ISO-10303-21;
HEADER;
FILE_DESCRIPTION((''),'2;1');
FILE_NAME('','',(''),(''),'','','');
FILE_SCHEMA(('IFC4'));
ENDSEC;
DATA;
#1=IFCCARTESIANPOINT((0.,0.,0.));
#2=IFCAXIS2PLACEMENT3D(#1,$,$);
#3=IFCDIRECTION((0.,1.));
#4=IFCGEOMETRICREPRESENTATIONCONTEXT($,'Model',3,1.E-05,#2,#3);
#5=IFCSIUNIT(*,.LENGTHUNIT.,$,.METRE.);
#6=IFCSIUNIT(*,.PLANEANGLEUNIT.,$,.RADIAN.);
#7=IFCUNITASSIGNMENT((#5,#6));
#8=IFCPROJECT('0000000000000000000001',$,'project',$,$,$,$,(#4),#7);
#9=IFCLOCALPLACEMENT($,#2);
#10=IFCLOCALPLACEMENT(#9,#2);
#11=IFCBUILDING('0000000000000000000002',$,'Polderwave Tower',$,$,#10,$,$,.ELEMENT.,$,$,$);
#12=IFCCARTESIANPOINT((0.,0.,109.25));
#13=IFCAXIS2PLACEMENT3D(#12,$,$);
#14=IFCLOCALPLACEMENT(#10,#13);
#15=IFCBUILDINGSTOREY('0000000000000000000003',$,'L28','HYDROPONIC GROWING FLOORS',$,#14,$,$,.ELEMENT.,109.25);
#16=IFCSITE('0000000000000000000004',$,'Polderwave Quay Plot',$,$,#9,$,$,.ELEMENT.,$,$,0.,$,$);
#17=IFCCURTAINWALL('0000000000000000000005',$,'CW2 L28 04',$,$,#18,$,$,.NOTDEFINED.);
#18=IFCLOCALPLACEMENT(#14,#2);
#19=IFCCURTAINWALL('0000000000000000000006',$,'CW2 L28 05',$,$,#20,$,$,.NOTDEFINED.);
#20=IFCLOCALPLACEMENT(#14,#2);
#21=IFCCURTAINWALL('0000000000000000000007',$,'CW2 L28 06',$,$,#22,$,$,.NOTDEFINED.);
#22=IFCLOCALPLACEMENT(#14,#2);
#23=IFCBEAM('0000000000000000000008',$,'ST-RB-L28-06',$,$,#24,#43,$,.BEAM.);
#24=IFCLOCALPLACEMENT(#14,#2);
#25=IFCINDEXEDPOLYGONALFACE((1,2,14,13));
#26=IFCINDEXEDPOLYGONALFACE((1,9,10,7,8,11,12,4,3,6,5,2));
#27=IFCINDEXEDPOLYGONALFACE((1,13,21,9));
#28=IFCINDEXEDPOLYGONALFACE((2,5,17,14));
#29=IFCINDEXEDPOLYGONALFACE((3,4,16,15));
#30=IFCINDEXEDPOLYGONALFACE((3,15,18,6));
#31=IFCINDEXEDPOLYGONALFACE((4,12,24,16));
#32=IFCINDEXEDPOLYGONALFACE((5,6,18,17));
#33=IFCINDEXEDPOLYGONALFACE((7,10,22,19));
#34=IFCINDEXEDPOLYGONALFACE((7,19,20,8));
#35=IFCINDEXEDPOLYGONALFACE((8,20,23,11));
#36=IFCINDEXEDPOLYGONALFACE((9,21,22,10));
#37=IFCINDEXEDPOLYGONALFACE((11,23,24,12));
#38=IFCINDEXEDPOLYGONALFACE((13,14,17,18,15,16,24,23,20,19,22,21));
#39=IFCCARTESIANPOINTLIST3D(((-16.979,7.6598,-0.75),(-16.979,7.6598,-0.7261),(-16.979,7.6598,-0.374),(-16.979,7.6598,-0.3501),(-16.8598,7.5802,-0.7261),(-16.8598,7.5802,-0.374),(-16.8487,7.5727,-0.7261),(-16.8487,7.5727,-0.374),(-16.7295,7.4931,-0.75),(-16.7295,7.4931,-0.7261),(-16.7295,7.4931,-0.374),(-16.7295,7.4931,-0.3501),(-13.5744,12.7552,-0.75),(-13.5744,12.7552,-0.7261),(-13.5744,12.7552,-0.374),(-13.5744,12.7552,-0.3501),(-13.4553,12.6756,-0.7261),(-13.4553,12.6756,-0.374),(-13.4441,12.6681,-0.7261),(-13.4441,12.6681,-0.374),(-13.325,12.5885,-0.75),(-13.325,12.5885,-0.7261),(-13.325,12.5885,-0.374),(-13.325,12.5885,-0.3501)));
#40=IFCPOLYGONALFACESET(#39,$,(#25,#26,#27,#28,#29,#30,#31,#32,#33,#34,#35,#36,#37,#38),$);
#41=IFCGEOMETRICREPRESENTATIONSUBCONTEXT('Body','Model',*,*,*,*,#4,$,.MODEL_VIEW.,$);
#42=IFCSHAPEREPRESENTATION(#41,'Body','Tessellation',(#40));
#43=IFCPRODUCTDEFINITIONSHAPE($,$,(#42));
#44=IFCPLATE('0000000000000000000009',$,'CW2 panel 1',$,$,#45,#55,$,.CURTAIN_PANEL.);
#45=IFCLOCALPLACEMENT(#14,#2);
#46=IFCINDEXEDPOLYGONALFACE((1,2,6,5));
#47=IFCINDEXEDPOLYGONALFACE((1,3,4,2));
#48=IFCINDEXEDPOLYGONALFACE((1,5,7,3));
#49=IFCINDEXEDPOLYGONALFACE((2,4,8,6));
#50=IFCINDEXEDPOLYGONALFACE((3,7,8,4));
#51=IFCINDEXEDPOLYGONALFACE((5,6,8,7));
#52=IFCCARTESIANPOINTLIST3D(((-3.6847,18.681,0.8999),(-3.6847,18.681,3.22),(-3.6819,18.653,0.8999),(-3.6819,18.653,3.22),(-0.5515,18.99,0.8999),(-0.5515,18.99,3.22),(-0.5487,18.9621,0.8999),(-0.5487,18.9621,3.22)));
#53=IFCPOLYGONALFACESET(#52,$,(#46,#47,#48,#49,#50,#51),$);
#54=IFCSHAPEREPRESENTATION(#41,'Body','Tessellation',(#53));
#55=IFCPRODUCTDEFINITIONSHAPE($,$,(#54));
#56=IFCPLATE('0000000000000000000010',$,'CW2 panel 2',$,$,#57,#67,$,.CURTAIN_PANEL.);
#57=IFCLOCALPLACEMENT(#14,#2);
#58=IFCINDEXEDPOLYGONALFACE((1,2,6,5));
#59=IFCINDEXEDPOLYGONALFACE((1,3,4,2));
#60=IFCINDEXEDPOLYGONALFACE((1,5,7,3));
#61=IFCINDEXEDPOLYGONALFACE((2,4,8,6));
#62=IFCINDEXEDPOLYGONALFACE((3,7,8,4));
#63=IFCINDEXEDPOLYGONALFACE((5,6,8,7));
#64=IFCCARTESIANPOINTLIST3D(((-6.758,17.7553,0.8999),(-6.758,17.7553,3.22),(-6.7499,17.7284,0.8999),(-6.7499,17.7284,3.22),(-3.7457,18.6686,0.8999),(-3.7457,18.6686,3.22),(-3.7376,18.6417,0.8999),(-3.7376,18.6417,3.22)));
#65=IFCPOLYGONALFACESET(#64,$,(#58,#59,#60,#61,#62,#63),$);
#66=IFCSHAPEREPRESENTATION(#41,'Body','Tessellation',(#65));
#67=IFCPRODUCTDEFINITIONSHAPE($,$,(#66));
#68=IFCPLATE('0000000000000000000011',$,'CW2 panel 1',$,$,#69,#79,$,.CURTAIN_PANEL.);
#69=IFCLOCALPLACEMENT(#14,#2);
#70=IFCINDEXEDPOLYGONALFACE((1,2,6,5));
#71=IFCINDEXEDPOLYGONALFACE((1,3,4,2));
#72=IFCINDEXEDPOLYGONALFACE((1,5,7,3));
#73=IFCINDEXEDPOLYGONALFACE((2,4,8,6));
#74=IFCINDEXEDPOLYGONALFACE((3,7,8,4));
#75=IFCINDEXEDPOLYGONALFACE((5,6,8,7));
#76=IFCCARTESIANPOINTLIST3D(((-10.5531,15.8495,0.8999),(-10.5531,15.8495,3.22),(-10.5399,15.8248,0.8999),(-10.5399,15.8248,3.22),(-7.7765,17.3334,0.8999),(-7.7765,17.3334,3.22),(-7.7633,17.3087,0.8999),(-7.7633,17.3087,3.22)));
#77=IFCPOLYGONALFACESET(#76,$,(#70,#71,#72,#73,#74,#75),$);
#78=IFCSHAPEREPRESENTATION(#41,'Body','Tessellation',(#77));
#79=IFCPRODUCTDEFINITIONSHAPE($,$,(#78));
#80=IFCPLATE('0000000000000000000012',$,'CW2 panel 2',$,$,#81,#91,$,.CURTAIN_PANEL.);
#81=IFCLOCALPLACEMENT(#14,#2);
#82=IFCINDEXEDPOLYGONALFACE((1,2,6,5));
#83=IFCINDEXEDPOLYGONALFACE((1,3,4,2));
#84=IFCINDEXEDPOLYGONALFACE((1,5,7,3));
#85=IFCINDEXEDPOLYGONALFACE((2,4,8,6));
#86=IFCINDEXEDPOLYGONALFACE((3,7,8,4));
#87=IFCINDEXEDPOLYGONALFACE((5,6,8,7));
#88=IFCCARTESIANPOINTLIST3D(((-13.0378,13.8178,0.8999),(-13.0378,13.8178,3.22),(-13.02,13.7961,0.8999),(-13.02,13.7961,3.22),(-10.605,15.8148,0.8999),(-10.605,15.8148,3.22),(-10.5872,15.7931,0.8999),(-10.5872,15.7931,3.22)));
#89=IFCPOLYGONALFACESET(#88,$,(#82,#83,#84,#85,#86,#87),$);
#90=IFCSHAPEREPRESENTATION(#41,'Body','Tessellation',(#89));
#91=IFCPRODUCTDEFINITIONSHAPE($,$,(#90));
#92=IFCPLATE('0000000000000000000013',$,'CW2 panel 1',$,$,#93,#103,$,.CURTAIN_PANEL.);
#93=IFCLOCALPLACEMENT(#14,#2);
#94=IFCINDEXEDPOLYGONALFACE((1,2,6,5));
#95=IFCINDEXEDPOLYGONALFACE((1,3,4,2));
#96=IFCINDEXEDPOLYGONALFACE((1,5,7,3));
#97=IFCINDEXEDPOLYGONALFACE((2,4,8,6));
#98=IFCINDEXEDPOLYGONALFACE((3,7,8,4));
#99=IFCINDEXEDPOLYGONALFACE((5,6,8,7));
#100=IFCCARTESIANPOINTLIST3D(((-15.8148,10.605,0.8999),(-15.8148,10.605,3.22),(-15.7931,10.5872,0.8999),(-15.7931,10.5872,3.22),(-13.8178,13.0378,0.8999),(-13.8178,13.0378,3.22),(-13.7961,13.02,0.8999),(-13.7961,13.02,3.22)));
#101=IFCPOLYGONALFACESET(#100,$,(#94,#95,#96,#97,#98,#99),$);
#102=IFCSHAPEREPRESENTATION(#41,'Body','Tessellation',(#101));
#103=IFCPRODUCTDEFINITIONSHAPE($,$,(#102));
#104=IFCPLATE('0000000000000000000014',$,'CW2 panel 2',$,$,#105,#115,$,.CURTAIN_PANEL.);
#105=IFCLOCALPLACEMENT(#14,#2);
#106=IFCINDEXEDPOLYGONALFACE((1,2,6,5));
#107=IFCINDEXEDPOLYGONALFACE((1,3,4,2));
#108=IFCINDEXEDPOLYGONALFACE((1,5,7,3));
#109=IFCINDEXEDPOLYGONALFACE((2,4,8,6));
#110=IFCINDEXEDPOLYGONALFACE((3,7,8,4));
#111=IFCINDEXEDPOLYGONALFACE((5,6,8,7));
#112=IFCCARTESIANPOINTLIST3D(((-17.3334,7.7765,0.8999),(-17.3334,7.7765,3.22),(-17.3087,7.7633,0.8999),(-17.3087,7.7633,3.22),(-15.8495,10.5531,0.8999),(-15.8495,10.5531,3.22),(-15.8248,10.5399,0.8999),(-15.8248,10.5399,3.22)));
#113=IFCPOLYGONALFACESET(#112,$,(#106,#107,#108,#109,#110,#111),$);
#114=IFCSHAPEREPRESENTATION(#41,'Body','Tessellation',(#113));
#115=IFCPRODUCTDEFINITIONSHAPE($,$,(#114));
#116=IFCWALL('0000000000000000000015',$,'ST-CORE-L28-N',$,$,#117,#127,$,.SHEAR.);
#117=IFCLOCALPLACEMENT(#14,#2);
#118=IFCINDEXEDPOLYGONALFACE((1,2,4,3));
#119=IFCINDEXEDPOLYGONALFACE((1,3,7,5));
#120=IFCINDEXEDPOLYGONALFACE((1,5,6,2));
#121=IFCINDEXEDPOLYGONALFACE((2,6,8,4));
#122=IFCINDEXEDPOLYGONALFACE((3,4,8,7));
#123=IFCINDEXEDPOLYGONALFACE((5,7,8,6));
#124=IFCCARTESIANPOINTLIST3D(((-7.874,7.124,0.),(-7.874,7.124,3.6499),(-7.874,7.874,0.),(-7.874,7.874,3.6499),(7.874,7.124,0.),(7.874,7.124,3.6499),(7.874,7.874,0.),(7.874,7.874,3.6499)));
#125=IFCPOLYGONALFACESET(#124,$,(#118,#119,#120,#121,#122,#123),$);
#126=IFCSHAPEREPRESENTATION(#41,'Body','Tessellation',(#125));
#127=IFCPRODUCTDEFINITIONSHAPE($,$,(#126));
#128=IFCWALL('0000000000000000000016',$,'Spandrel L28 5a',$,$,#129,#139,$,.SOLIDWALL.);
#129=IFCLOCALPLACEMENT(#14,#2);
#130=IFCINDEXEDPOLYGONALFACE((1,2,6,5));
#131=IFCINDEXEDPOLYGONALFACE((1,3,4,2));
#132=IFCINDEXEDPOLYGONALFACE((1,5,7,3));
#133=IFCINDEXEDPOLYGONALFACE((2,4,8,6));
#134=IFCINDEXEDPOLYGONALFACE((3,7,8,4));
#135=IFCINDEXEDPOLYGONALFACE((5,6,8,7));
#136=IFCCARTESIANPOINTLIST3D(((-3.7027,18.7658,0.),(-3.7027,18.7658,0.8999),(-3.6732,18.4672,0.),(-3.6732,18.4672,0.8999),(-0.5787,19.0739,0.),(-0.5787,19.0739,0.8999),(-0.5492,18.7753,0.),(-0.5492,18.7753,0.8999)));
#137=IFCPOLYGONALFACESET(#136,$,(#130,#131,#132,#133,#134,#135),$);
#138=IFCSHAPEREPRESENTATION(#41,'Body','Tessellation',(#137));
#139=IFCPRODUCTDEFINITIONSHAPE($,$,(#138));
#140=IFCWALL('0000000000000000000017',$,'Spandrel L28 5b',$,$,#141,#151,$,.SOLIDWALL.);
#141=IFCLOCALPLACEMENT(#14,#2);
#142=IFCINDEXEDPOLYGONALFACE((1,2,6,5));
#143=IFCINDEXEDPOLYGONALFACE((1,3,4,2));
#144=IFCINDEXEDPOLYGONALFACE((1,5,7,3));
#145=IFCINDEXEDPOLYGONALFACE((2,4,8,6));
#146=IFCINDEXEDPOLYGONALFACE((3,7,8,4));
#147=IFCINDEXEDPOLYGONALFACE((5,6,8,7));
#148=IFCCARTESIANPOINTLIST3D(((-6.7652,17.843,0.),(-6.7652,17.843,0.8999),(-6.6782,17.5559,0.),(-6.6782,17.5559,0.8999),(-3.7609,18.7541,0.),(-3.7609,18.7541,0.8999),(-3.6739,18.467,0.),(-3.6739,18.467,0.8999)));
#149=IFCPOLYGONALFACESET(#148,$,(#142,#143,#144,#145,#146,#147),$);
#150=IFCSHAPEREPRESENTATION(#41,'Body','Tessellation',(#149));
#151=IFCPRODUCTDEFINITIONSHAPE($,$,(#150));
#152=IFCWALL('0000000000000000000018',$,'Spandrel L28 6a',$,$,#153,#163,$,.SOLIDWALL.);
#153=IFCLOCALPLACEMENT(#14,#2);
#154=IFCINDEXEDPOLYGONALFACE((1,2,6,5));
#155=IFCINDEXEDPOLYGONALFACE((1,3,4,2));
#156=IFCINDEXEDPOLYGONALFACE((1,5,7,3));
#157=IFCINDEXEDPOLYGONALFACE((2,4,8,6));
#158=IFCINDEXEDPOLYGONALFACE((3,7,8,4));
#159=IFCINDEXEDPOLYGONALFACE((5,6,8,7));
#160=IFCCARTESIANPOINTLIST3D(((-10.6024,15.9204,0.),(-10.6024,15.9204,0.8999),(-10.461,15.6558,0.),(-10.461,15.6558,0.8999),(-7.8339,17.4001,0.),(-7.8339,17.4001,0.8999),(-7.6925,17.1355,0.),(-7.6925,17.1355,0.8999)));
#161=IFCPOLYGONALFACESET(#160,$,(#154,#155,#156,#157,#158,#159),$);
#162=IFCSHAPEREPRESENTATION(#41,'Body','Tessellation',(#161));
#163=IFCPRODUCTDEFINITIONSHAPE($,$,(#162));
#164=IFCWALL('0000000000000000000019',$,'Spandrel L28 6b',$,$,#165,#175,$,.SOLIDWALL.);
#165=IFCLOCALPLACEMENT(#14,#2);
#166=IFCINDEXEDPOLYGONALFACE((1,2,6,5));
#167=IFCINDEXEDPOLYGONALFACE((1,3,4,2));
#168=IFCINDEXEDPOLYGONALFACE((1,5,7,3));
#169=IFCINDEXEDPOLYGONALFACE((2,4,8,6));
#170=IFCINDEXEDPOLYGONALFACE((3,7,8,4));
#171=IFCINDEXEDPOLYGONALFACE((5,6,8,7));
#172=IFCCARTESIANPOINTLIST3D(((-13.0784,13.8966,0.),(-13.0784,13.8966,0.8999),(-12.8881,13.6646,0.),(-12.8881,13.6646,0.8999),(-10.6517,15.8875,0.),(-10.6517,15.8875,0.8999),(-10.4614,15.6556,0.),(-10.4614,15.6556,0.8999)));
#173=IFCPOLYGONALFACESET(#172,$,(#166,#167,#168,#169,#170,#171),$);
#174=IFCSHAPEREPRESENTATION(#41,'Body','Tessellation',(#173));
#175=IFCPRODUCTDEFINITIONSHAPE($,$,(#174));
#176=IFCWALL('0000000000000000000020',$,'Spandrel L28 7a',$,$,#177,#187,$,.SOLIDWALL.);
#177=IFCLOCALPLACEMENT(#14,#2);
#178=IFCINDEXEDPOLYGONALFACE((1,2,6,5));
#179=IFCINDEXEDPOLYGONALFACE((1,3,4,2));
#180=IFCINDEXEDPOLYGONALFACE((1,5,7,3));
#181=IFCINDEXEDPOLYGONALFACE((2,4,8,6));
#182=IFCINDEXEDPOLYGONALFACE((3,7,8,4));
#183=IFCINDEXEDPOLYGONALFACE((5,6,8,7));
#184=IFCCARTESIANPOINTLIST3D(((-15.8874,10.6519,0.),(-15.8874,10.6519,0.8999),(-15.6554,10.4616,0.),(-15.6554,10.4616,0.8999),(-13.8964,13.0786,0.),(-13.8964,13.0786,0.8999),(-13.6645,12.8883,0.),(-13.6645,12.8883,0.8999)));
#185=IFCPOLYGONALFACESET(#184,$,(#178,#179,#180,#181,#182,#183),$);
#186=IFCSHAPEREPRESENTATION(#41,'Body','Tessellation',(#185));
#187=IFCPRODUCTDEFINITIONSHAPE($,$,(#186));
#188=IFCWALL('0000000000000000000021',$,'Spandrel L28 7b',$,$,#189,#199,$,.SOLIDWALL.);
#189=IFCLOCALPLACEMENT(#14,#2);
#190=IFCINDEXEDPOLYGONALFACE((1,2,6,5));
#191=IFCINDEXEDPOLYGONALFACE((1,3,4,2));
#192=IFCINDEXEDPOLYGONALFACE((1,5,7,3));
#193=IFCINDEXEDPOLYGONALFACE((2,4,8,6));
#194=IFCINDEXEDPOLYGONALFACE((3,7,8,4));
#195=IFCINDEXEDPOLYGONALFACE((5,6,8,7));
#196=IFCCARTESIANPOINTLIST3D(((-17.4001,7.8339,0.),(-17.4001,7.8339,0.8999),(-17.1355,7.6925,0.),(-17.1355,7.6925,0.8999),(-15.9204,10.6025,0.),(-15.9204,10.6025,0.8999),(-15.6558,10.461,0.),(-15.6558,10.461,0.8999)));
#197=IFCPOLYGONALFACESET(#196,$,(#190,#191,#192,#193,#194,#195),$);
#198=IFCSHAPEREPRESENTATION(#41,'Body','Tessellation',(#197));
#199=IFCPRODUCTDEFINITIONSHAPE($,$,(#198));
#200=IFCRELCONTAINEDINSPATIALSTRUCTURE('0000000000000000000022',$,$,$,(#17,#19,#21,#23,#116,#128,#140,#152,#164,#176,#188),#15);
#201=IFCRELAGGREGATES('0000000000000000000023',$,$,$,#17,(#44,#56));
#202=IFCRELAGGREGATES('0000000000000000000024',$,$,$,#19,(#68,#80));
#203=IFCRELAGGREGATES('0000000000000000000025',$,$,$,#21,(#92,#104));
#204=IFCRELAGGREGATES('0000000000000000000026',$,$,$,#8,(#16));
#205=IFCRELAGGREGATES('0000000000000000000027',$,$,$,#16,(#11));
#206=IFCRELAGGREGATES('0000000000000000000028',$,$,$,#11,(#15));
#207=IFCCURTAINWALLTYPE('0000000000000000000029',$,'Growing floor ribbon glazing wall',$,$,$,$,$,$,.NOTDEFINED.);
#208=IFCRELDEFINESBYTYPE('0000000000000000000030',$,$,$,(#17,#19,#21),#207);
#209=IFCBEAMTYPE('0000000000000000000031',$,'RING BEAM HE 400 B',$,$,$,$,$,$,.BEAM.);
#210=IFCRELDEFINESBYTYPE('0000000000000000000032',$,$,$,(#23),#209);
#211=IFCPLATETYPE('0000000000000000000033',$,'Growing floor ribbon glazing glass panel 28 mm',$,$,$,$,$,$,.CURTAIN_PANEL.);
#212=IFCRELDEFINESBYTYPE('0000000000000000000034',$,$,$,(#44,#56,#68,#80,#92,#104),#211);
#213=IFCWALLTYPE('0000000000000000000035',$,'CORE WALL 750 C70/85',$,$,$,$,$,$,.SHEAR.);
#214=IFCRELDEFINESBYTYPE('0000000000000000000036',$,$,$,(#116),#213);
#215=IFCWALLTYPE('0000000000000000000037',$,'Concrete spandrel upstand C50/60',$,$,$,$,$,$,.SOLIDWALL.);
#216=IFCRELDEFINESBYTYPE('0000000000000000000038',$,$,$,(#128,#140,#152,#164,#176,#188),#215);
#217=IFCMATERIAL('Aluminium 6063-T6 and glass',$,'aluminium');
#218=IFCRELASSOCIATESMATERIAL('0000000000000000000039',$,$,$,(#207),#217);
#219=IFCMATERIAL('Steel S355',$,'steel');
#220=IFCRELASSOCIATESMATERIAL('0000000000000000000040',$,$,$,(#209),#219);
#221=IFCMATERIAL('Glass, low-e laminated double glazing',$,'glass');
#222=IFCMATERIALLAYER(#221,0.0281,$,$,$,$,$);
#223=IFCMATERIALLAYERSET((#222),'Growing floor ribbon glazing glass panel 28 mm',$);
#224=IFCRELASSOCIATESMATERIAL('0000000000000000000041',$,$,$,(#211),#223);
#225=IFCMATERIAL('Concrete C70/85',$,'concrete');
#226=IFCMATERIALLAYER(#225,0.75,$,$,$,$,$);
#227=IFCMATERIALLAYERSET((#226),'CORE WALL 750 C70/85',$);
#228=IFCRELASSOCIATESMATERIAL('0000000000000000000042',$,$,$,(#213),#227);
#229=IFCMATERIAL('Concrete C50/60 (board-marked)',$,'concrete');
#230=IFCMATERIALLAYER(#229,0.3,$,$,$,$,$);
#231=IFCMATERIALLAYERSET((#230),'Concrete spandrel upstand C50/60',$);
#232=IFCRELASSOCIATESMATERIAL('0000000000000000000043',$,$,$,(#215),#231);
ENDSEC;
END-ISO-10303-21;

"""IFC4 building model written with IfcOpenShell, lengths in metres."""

from ifc_helpers import new_model, si_unit, direction, frame, frame_2d, origin, origin_2d, place, context, subcontext, project, spatial, rectangle, i_section, extrude, material, layer, layer_set, material_profile, profile_set, type_object, element, aggregate, save


model = new_model("IFC4")

# Units and contexts
model_context = context("Model", 3, precision=1e-05, world=origin(), true_north=direction((0.0, 1.0)))
body_context = subcontext(model_context, "Body", "Model", "MODEL_VIEW")
ifc_project = project(units=[si_unit("LENGTHUNIT", "METRE"), si_unit("PLANEANGLEUNIT", "RADIAN")], contexts=[model_context])

# Site, building, storey
site_placement = place(None, origin())
site = spatial("IfcSite", under=ifc_project, at=site_placement, Name="Polderwave Quay Plot", CompositionType="ELEMENT", RefElevation=0.0)
building_placement = place(site_placement, origin())
building = spatial("IfcBuilding", under=site, at=building_placement, Name="Polderwave Tower", CompositionType="ELEMENT")
storey_placement = place(building_placement, frame((0.0, 0.0, 109.25)))
storey = spatial("IfcBuildingStorey", under=building, at=storey_placement, Name="L28", Description="HYDROPONIC GROWING FLOORS", CompositionType="ELEMENT", Elevation=109.25)

# Shared definitions
ifc_material_1 = material(Name="Concrete C70/85", Category="concrete")

# Curtain walls
ifc_material_2 = material(Name="Aluminium 6063-T6 and glass", Category="aluminium")
curtain_wall_type = type_object("IfcCurtainWallType", Name="Growing floor ribbon glazing wall", PredefinedType="NOTDEFINED", material=ifc_material_2)
curtain_wall_1_placement = place(storey_placement, origin())
curtain_wall_1 = element("IfcCurtainWall", 1, at=curtain_wall_1_placement, inside=storey, type_object=curtain_wall_type, Name="CW2 L28 04", PredefinedType="NOTDEFINED")
curtain_wall_2_placement = place(storey_placement, origin())
curtain_wall_2 = element("IfcCurtainWall", 2, at=curtain_wall_2_placement, inside=storey, type_object=curtain_wall_type, Name="CW2 L28 05", PredefinedType="NOTDEFINED")
curtain_wall_3_placement = place(storey_placement, origin())
curtain_wall_3 = element("IfcCurtainWall", 3, at=curtain_wall_3_placement, inside=storey, type_object=curtain_wall_type, Name="CW2 L28 06", PredefinedType="NOTDEFINED")

# Beam
ifc_material_3 = material(Name="Steel S355", Category="steel")
ifc_material_profile_1 = material_profile(ifc_material_3, i_section(OverallWidth=0.3, OverallDepth=0.3999, WebThickness=0.0134, FlangeThickness=0.0239, at=origin_2d()), Name="HE 400 B")
ifc_profile_set_1 = profile_set([ifc_material_profile_1], Name="Steel S355")
beam_type = type_object("IfcBeamType", Name="RING BEAM HE 400 B", PredefinedType="BEAM", material=ifc_profile_set_1)
for number, where, z_axis, x_axis, name in (
    (4, (-13.4497, 12.6719, -0.55), (-0.555555, -0.83148, 0.0), (0.83148, -0.555555, 0.0), "ST-RB-L28-06"),
):
    element("IfcBeam", number, at=place(storey_placement, frame(where, z_axis=z_axis, x_axis=x_axis)), inside=storey, type_object=beam_type, Name=name, PredefinedType="BEAM", context=body_context, shape_type="SweptSolid", body=[
        extrude(i_section(OverallWidth=0.3, OverallDepth=0.3999, WebThickness=0.0134, FlangeThickness=0.0239, at=origin_2d()), origin(), (0.0, 0.0, 1.0), 6.1282),
    ])

# Plates
ifc_material_4 = material(Name="Glass, low-e laminated double glazing", Category="glass")
ifc_layer_1 = layer(ifc_material_4, 0.0281)
ifc_layer_set_1 = layer_set([ifc_layer_1], Name="Growing floor ribbon glazing glass panel 28 mm")
plate_type = type_object("IfcPlateType", Name="Growing floor ribbon glazing glass panel 28 mm", PredefinedType="CURTAIN_PANEL", material=ifc_layer_set_1)
plate_1_placement = place(storey_placement, frame((-2.1167, 18.8215, 0.8999), z_axis=(0.0, 0.0, 1.0), x_axis=(-0.99517, -0.098165, 0.0)))
plate_1 = element("IfcPlate", 5, at=plate_1_placement, type_object=plate_type, Name="CW2 panel 1", PredefinedType="CURTAIN_PANEL", context=body_context, shape_type="SweptSolid", body=[
    extrude(rectangle(XDim=3.1484, YDim=0.0281, at=origin_2d()), origin(), (0.0, 0.0, 1.0), 2.3201),
])
plate_2_placement = place(storey_placement, frame((-5.2478, 18.1985, 0.8999), z_axis=(0.0, 0.0, 1.0), x_axis=(-0.956982, -0.290148, 0.0)))
plate_2 = element("IfcPlate", 6, at=plate_2_placement, type_object=plate_type, Name="CW2 panel 2", PredefinedType="CURTAIN_PANEL", context=body_context, shape_type="SweptSolid", body=[
    extrude(rectangle(XDim=3.1477, YDim=0.0281, at=origin_2d()), origin(), (0.0, 0.0, 1.0), 2.3201),
])
aggregate(curtain_wall_1, [plate_1, plate_2])
plate_3_placement = place(storey_placement, frame((-9.1582, 16.5791, 0.8999), z_axis=(0.0, 0.0, 1.0), x_axis=(-0.881952, -0.47134, 0.0)))
plate_3 = element("IfcPlate", 7, at=plate_3_placement, type_object=plate_type, Name="CW2 panel 1", PredefinedType="CURTAIN_PANEL", context=body_context, shape_type="SweptSolid", body=[
    extrude(rectangle(XDim=3.1482, YDim=0.0281, at=origin_2d()), origin(), (0.0, 0.0, 1.0), 2.3201),
])
plate_4_placement = place(storey_placement, frame((-11.8125, 14.8054, 0.8999), z_axis=(0.0, 0.0, 1.0), x_axis=(-0.772946, -0.634472, 0.0)))
plate_4 = element("IfcPlate", 8, at=plate_4_placement, type_object=plate_type, Name="CW2 panel 2", PredefinedType="CURTAIN_PANEL", context=body_context, shape_type="SweptSolid", body=[
    extrude(rectangle(XDim=3.1475, YDim=0.0281, at=origin_2d()), origin(), (0.0, 0.0, 1.0), 2.3201),
])
aggregate(curtain_wall_2, [plate_3, plate_4])
plate_5_placement = place(storey_placement, frame((-14.8054, 11.8125, 0.8999), z_axis=(0.0, 0.0, 1.0), x_axis=(-0.634472, -0.772946, 0.0)))
plate_5 = element("IfcPlate", 9, at=plate_5_placement, type_object=plate_type, Name="CW2 panel 1", PredefinedType="CURTAIN_PANEL", context=body_context, shape_type="SweptSolid", body=[
    extrude(rectangle(XDim=3.1475, YDim=0.0281, at=origin_2d()), origin(), (0.0, 0.0, 1.0), 2.3201),
])
plate_6_placement = place(storey_placement, frame((-16.5791, 9.1582, 0.8999), z_axis=(0.0, 0.0, 1.0), x_axis=(-0.47134, -0.881952, 0.0)))
plate_6 = element("IfcPlate", 10, at=plate_6_placement, type_object=plate_type, Name="CW2 panel 2", PredefinedType="CURTAIN_PANEL", context=body_context, shape_type="SweptSolid", body=[
    extrude(rectangle(XDim=3.1482, YDim=0.0281, at=origin_2d()), origin(), (0.0, 0.0, 1.0), 2.3201),
])
aggregate(curtain_wall_3, [plate_5, plate_6])

# Walls
ifc_layer_2 = layer(ifc_material_1, 0.75)
ifc_layer_set_2 = layer_set([ifc_layer_2], Name="CORE WALL 750 C70/85")
wall_type_1 = type_object("IfcWallType", Name="CORE WALL 750 C70/85", PredefinedType="SHEAR", material=ifc_layer_set_2)
wall_1_placement = place(storey_placement, frame((-7.874, 7.499, 0.0), z_axis=(0.0, 0.0, 1.0), x_axis=(1.0, 0.0, 0.0)))
element("IfcWall", 11, at=wall_1_placement, inside=storey, type_object=wall_type_1, Name="ST-CORE-L28-N", PredefinedType="SHEAR", context=body_context, shape_type="SweptSolid", body=[
    extrude(rectangle(XDim=15.748, YDim=0.75, at=frame_2d((7.874, 0.0))), origin(), (0.0, 0.0, 1.0), 3.6499),
])
ifc_material_5 = material(Name="Concrete C50/60 (board-marked)", Category="concrete")
ifc_layer_3 = layer(ifc_material_5, 0.3)
ifc_layer_set_3 = layer_set([ifc_layer_3], Name="Concrete spandrel upstand C50/60")
wall_type_2 = type_object("IfcWallType", Name="Concrete spandrel upstand C50/60", PredefinedType="SOLIDWALL", material=ifc_layer_set_3)
wall_2_placement = place(storey_placement, frame((-0.564, 18.9246, 0.0), z_axis=(0.0, 0.0, 1.0), x_axis=(-0.995172, -0.098148, 0.0)))
element("IfcWall", 12, at=wall_2_placement, inside=storey, type_object=wall_type_2, Name="Spandrel L28 5a", PredefinedType="SOLIDWALL", context=body_context, shape_type="SweptSolid", body=[
    extrude(rectangle(XDim=3.1392, YDim=0.3, at=frame_2d((1.5696, 0.0))), origin(), (0.0, 0.0, 1.0), 0.8999),
])
wall_3_placement = place(storey_placement, frame((-3.7173, 18.6106, 0.0), z_axis=(0.0, 0.0, 1.0), x_axis=(-0.956962, -0.290215, 0.0)))
element("IfcWall", 13, at=wall_3_placement, inside=storey, type_object=wall_type_2, Name="Spandrel L28 5b", PredefinedType="SOLIDWALL", context=body_context, shape_type="SweptSolid", body=[
    extrude(rectangle(XDim=3.1394, YDim=0.3, at=frame_2d((1.5698, 0.0))), origin(), (0.0, 0.0, 1.0), 0.8999),
])
wall_4_placement = place(storey_placement, frame((-7.7632, 17.2678, 0.0), z_axis=(0.0, 0.0, 1.0), x_axis=(-0.881933, -0.471375, 0.0)))
element("IfcWall", 14, at=wall_4_placement, inside=storey, type_object=wall_type_2, Name="Spandrel L28 6a", PredefinedType="SOLIDWALL", context=body_context, shape_type="SweptSolid", body=[
    extrude(rectangle(XDim=3.1392, YDim=0.3, at=frame_2d((1.5696, 0.0))), origin(), (0.0, 0.0, 1.0), 0.8999),
])
for number, where, z_axis, x_axis, name in (
    (15, (-10.5566, 15.7715, 0.0), (0.0, 0.0, 1.0), (-0.773108, -0.634275, 0.0), "Spandrel L28 6b"),
    (16, (-13.7805, 12.9834, 0.0), (0.0, 0.0, 1.0), (-0.634275, -0.773108, 0.0), "Spandrel L28 7a"),
):
    element("IfcWall", number, at=place(storey_placement, frame(where, z_axis=z_axis, x_axis=x_axis)), inside=storey, type_object=wall_type_2, Name=name, PredefinedType="SOLIDWALL", context=body_context, shape_type="SweptSolid", body=[
        extrude(rectangle(XDim=3.1389, YDim=0.3, at=frame_2d((1.5693, 0.0))), origin(), (0.0, 0.0, 1.0), 0.8999),
    ])
wall_5_placement = place(storey_placement, frame((-15.7881, 10.5317, 0.0), z_axis=(0.0, 0.0, 1.0), x_axis=(-0.471375, -0.881933, 0.0)))
element("IfcWall", 17, at=wall_5_placement, inside=storey, type_object=wall_type_2, Name="Spandrel L28 7b", PredefinedType="SOLIDWALL", context=body_context, shape_type="SweptSolid", body=[
    extrude(rectangle(XDim=3.1392, YDim=0.3, at=frame_2d((1.5696, 0.0))), origin(), (0.0, 0.0, 1.0), 0.8999),
])

save(model, "model.ifc")
